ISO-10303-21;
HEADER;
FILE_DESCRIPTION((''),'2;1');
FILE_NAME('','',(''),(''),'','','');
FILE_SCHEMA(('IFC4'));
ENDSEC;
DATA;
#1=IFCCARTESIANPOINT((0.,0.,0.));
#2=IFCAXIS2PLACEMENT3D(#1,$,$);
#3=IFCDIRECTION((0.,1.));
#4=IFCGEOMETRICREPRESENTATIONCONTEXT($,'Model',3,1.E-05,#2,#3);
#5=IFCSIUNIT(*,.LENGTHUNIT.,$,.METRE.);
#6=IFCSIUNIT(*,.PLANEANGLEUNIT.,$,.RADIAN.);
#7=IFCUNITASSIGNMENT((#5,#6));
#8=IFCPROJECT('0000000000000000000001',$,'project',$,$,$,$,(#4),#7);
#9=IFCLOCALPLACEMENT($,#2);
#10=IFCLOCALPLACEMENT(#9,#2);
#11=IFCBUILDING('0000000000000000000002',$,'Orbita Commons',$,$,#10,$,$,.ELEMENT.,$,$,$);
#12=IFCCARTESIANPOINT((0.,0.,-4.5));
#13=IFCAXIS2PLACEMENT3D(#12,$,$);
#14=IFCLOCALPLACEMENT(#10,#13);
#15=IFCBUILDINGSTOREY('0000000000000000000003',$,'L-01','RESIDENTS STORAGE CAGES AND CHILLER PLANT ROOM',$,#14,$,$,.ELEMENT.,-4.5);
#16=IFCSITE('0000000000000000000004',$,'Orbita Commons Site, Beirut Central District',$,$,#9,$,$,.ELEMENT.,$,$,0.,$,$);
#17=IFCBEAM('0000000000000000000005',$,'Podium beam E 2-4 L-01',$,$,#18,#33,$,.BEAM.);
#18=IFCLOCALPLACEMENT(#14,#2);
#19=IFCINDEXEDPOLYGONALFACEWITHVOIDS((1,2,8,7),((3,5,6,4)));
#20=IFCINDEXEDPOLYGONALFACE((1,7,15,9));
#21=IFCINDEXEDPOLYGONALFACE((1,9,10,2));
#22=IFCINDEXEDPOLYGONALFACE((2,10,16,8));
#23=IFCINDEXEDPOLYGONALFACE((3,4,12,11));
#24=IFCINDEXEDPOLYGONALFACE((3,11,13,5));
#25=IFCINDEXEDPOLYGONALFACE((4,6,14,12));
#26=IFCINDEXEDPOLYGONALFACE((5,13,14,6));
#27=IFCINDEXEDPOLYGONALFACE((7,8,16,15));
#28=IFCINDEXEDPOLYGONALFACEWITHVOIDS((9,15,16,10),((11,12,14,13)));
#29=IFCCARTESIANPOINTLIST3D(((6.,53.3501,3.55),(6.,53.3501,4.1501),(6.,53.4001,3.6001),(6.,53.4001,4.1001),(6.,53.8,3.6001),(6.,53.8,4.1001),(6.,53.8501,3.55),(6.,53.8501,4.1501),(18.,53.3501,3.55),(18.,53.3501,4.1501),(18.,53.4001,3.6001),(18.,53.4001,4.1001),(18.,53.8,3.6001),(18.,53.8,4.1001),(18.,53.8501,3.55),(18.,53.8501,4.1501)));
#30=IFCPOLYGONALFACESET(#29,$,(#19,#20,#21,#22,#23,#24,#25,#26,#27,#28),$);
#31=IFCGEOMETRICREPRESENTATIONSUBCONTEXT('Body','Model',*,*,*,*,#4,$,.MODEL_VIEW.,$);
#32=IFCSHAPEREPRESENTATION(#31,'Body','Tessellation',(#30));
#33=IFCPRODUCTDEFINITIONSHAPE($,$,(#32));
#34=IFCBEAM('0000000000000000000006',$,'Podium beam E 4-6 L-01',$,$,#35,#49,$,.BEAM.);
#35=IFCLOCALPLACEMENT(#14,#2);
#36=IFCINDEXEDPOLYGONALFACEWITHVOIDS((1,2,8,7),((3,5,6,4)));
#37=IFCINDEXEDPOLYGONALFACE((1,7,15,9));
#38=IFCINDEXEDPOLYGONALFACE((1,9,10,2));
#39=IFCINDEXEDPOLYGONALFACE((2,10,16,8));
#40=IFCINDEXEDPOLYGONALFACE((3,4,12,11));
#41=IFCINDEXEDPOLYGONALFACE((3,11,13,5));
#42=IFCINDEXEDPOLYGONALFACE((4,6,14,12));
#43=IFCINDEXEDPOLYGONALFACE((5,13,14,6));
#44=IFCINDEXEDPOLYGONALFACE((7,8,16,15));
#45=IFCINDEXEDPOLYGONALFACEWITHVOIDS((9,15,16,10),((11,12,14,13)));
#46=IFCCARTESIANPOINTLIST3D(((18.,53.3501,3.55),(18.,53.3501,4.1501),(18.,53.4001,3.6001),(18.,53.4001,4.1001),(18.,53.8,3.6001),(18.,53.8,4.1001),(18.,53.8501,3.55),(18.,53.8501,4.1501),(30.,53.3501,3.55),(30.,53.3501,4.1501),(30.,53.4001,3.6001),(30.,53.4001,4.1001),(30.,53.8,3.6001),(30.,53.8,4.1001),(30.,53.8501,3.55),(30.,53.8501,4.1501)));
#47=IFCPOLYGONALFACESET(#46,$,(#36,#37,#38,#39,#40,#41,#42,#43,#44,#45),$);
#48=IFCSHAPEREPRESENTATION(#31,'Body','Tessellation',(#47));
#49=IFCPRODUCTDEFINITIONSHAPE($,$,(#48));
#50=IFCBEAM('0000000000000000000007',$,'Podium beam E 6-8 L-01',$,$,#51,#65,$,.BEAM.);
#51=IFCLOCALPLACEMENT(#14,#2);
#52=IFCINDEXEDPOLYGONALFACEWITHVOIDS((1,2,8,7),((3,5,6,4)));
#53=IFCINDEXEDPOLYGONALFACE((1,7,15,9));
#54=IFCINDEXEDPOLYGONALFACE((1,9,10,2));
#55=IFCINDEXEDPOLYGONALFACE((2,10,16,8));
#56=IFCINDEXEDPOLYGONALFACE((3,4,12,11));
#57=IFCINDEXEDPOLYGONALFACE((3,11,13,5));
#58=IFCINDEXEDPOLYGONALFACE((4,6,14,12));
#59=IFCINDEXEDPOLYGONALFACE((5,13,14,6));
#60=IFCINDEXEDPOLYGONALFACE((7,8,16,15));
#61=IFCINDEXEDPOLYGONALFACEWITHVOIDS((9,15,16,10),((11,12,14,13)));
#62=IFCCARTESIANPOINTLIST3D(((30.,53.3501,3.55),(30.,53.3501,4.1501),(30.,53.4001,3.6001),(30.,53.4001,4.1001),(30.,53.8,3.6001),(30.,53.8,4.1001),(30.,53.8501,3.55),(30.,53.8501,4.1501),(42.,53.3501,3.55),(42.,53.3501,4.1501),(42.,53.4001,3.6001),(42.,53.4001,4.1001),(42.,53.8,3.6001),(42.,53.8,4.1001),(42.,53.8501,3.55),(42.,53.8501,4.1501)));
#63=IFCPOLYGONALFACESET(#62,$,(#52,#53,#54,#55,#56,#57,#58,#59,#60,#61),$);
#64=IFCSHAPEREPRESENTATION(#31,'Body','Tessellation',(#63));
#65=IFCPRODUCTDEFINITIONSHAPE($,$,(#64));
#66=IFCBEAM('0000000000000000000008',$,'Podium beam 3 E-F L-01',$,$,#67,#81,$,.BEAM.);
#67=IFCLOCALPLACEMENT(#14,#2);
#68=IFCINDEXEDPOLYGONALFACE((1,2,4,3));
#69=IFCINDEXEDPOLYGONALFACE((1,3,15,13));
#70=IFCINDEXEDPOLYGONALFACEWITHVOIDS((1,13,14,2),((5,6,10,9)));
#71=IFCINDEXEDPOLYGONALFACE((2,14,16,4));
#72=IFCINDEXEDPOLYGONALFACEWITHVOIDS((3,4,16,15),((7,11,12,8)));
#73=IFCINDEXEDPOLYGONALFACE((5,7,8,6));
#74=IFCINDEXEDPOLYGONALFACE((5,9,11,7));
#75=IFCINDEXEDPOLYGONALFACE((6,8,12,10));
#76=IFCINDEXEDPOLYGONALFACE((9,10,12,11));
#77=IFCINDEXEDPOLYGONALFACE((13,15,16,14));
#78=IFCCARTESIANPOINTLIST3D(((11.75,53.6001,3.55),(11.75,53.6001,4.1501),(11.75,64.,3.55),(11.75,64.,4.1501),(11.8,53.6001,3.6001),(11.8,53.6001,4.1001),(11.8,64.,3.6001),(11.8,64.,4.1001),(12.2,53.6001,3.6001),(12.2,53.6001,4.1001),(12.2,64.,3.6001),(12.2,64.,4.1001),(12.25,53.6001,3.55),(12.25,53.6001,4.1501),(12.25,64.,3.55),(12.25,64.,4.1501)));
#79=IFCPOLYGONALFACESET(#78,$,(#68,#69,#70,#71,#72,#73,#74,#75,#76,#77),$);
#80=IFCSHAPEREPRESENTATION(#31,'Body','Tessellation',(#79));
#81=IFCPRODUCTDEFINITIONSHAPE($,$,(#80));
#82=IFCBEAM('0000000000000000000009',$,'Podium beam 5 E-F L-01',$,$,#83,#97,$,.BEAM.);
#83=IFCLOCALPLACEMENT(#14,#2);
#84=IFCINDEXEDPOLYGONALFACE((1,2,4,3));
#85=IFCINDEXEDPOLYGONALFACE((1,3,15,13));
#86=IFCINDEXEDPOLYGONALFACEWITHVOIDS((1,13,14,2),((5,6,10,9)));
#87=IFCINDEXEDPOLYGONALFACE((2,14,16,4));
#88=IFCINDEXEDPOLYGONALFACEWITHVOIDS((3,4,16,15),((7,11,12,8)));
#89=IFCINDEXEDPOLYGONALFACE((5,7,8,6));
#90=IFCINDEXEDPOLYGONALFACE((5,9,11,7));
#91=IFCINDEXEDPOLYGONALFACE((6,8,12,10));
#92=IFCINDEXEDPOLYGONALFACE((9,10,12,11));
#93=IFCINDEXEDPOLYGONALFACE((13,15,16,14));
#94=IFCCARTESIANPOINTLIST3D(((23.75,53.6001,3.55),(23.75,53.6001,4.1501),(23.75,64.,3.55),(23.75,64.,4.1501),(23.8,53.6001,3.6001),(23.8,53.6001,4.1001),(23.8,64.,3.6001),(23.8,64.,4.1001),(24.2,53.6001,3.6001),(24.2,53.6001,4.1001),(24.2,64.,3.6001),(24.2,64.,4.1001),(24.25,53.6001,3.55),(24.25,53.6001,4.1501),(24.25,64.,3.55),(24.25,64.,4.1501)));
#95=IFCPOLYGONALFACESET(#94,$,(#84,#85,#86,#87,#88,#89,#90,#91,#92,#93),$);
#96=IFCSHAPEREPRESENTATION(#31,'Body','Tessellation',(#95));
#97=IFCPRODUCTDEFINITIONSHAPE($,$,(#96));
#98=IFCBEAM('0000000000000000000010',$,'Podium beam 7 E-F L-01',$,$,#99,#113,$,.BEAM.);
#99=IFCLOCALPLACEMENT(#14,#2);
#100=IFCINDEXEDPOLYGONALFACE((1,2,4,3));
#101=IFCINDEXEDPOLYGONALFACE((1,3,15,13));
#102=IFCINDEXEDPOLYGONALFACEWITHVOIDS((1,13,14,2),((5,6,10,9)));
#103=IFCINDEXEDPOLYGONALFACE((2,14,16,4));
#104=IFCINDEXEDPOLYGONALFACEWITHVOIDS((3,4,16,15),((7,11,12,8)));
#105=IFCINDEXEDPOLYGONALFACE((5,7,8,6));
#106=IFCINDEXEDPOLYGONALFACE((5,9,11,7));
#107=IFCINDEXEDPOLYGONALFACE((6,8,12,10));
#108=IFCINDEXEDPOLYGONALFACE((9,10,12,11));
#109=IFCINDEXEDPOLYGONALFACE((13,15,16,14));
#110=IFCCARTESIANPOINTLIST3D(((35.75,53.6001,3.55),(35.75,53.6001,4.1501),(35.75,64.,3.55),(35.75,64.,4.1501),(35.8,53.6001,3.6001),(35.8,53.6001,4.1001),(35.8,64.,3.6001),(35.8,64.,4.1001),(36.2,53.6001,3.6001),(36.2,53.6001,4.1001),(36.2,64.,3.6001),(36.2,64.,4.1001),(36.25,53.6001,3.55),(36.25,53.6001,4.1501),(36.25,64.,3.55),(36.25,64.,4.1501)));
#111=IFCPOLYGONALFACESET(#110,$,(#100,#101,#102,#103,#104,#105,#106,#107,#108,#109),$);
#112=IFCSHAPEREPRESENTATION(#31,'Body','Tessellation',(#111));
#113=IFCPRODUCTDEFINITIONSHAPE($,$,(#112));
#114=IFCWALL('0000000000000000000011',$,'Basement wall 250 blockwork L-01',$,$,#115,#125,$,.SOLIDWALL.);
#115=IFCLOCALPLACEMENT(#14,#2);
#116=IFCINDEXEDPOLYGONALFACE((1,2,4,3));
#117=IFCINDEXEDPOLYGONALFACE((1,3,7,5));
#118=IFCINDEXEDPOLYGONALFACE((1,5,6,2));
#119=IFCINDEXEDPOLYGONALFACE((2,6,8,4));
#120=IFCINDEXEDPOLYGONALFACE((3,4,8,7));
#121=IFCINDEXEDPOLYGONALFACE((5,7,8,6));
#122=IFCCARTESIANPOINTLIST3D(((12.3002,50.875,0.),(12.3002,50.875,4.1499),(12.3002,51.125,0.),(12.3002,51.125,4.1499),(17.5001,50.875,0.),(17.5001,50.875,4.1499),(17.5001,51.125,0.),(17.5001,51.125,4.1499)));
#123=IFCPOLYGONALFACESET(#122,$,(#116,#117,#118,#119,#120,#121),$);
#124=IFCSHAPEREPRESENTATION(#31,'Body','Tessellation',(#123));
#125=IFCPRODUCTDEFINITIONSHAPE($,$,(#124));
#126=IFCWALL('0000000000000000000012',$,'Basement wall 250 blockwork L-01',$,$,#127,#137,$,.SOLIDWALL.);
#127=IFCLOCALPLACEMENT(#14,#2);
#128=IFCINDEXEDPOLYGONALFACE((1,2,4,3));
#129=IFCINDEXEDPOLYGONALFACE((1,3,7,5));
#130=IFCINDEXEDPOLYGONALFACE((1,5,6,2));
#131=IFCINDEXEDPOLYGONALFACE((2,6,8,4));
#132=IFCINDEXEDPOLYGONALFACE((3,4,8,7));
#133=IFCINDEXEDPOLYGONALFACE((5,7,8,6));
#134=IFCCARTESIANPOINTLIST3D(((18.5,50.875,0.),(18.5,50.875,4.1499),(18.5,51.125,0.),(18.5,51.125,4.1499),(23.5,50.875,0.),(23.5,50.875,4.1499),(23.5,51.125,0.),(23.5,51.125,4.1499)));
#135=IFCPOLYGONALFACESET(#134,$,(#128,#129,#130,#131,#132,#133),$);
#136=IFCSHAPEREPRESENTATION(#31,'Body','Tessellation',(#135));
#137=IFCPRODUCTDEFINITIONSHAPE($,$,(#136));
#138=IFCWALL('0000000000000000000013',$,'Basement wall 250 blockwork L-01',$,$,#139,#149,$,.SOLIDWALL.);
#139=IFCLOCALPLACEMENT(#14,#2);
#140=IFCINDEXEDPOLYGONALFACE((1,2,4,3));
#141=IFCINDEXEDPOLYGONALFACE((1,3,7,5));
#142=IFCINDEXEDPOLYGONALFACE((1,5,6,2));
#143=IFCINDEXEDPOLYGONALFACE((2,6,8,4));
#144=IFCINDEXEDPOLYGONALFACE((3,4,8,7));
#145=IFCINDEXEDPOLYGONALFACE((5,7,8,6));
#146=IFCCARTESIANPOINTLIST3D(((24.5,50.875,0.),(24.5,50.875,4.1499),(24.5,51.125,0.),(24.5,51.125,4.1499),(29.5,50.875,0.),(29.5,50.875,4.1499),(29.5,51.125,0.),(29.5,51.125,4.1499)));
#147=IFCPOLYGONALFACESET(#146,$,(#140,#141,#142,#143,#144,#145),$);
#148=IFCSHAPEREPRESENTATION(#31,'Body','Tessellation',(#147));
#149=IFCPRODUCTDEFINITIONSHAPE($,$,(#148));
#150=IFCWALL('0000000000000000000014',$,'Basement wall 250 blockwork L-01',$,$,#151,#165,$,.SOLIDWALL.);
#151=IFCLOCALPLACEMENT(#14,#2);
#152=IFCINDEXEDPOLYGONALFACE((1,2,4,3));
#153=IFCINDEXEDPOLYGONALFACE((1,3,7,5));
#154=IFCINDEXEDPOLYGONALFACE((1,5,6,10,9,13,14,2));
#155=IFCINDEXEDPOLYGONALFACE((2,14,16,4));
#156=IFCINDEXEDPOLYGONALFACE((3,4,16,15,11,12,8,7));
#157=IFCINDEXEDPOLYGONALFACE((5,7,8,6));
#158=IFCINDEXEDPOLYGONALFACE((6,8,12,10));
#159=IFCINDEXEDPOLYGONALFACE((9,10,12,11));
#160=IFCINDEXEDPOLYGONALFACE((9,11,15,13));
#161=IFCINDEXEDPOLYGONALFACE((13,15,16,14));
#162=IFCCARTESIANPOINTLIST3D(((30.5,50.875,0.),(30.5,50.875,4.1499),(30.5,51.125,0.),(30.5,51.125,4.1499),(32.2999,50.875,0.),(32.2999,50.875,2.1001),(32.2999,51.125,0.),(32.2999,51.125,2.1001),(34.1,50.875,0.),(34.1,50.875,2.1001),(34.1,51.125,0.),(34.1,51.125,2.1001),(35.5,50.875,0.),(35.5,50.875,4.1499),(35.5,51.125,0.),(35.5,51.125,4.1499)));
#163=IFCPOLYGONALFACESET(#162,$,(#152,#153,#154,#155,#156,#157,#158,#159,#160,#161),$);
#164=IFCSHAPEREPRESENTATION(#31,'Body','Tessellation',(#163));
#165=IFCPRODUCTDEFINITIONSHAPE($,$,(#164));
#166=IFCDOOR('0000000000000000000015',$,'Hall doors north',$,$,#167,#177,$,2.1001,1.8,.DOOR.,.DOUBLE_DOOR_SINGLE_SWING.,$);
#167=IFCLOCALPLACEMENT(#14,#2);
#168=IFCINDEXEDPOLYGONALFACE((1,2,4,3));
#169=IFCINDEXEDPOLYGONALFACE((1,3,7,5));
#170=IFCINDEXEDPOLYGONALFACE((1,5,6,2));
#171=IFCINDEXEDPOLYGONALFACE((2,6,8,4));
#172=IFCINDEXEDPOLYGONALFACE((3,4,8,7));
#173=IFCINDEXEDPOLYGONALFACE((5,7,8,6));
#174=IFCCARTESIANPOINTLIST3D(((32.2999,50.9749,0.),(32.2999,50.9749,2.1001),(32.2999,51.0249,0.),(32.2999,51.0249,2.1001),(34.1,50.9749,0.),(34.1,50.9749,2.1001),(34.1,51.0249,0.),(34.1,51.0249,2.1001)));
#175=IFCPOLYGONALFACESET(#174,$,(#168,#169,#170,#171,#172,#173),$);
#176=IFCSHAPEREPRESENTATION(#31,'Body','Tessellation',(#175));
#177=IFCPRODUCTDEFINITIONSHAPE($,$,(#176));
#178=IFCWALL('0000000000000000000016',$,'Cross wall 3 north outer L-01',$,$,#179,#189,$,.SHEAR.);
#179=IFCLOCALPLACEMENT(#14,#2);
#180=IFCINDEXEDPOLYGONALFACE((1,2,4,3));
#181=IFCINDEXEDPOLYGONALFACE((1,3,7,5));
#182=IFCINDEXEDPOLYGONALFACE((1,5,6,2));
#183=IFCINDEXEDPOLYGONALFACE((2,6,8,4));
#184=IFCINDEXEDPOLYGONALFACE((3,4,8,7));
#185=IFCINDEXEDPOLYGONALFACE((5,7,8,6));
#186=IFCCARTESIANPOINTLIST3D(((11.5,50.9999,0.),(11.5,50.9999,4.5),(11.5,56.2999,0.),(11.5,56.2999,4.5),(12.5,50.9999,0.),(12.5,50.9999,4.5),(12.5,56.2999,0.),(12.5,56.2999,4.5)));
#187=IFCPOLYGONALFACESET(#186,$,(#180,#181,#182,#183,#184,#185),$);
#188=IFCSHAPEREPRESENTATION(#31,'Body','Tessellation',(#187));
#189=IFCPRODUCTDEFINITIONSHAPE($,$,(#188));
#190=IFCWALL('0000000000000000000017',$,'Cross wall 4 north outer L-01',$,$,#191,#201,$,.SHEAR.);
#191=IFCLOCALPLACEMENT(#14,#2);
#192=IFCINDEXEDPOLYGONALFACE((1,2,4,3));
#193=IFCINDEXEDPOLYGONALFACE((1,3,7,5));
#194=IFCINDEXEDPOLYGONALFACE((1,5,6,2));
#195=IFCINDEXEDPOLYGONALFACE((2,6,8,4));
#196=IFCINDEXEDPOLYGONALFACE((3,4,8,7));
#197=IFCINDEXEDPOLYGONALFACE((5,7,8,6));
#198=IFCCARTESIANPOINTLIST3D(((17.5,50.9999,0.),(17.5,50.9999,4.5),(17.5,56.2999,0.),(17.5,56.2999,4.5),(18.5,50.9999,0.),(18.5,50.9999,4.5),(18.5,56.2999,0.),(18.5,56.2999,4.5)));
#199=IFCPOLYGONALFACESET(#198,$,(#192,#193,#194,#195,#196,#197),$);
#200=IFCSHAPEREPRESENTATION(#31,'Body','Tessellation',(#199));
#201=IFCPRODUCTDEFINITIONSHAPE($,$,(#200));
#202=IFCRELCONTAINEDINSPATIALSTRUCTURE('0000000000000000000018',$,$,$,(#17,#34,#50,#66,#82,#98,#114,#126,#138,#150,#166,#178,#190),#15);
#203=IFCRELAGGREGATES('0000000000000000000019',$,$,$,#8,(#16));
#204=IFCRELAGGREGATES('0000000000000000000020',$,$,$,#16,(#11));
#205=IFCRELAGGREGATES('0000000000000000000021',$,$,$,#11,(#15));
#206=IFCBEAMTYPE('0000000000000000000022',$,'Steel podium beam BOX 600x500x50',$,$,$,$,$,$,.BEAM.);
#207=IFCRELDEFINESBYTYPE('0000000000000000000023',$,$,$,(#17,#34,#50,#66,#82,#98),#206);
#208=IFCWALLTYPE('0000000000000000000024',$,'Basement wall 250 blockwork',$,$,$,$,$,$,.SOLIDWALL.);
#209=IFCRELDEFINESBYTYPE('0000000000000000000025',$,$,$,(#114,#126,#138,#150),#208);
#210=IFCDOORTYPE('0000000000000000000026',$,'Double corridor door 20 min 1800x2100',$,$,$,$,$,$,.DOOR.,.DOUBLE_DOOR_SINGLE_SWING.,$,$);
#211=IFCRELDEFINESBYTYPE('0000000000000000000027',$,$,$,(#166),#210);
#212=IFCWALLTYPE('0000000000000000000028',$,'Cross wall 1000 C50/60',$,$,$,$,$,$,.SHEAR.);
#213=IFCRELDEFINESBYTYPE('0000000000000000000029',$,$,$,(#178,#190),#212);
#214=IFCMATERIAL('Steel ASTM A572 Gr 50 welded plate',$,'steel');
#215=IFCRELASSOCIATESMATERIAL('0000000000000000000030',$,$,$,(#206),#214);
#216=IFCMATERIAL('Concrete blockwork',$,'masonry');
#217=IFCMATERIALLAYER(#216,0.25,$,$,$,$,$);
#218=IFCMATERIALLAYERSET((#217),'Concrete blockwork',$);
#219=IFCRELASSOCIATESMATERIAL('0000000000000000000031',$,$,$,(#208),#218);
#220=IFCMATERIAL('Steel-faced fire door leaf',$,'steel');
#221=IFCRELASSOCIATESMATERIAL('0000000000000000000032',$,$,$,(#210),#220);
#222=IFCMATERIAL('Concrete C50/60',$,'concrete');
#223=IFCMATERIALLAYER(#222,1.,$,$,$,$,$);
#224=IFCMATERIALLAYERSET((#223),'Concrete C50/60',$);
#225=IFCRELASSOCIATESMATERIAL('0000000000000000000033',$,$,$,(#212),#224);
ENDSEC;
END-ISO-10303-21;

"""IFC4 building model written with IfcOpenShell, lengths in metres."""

from ifc_helpers import new_model, si_unit, direction, frame, frame_2d, origin, origin_2d, place, context, subcontext, project, spatial, rectangle, hollow_rectangle, extrude, material, layer, layer_set, material_profile, profile_set, type_object, element, fill, save


model = new_model("IFC4")

# Units and contexts
model_context = context("Model", 3, precision=1e-05, world=origin(), true_north=direction((0.0, 1.0)))
body_context = subcontext(model_context, "Body", "Model", "MODEL_VIEW")
ifc_project = project(units=[si_unit("LENGTHUNIT", "METRE"), si_unit("PLANEANGLEUNIT", "RADIAN")], contexts=[model_context])

# Site, building, storey
site_placement = place(None, origin())
site = spatial("IfcSite", under=ifc_project, at=site_placement, Name="Orbita Commons Site, Beirut Central District", CompositionType="ELEMENT", RefElevation=0.0)
building_placement = place(site_placement, origin())
building = spatial("IfcBuilding", under=site, at=building_placement, Name="Orbita Commons", CompositionType="ELEMENT")
storey_placement = place(building_placement, frame((0.0, 0.0, -4.5)))
storey = spatial("IfcBuildingStorey", under=building, at=storey_placement, Name="L-01", Description="RESIDENTS STORAGE CAGES AND CHILLER PLANT ROOM", CompositionType="ELEMENT", Elevation=-4.5)

# Beams
ifc_material_1 = material(Name="Steel ASTM A572 Gr 50 welded plate", Category="steel")
ifc_material_profile_1 = material_profile(ifc_material_1, hollow_rectangle(XDim=0.5, YDim=0.6001, WallThickness=0.05, at=origin_2d()), Name="BOX 600x500x50")
ifc_profile_set_1 = profile_set([ifc_material_profile_1], Name="Steel ASTM A572 Gr 50 welded plate")
beam_type_1 = type_object("IfcBeamType", Name="Steel podium beam BOX 600x500x50", PredefinedType="BEAM", material=ifc_profile_set_1)
for number, where, z_axis, x_axis, name in (
    (1, (6.0, 53.6001, 3.8501), (1.0, 0.0, 0.0), (0.0, 1.0, 0.0), "Podium beam E 2-4 L-01"),
    (2, (18.0, 53.6001, 3.8501), (1.0, 0.0, 0.0), (0.0, 1.0, 0.0), "Podium beam E 4-6 L-01"),
    (3, (30.0, 53.6001, 3.8501), (1.0, 0.0, 0.0), (0.0, 1.0, 0.0), "Podium beam E 6-8 L-01"),
):
    element("IfcBeam", number, at=place(storey_placement, frame(where, z_axis=z_axis, x_axis=x_axis)), inside=storey, type_object=beam_type_1, Name=name, PredefinedType="BEAM", context=body_context, shape_type="SweptSolid", body=[
        extrude(hollow_rectangle(XDim=0.5, YDim=0.6001, WallThickness=0.05, at=origin_2d()), origin(), (0.0, 0.0, 1.0), 12.0),
    ])
for number, where, z_axis, x_axis, name in (
    (4, (12.0, 53.6001, 3.8501), (0.0, 1.0, 0.0), (-1.0, 0.0, 0.0), "Podium beam 3 E-F L-01"),
    (5, (24.0, 53.6001, 3.8501), (0.0, 1.0, 0.0), (-1.0, 0.0, 0.0), "Podium beam 5 E-F L-01"),
    (6, (36.0, 53.6001, 3.8501), (0.0, 1.0, 0.0), (-1.0, 0.0, 0.0), "Podium beam 7 E-F L-01"),
):
    element("IfcBeam", number, at=place(storey_placement, frame(where, z_axis=z_axis, x_axis=x_axis)), inside=storey, type_object=beam_type_1, Name=name, PredefinedType="BEAM", context=body_context, shape_type="SweptSolid", body=[
        extrude(hollow_rectangle(XDim=0.5, YDim=0.6001, WallThickness=0.05, at=origin_2d()), origin(), (0.0, 0.0, 1.0), 10.3999),
    ])

# Walls
ifc_material_2 = material(Name="Concrete blockwork", Category="masonry")
ifc_layer_1 = layer(ifc_material_2, 0.25)
ifc_layer_set_1 = layer_set([ifc_layer_1], Name="Concrete blockwork")
wall_type_1 = type_object("IfcWallType", Name="Basement wall 250 blockwork", PredefinedType="SOLIDWALL", material=ifc_layer_set_1)
wall_1_placement = place(storey_placement, frame((12.3, 51.0, 0.0), z_axis=(0.0, 0.0, 1.0), x_axis=(1.0, 0.0, 0.0)))
element("IfcWall", 7, at=wall_1_placement, inside=storey, type_object=wall_type_1, Name="Basement wall 250 blockwork L-01", PredefinedType="SOLIDWALL", context=body_context, shape_type="SweptSolid", body=[
    extrude(rectangle(XDim=5.2, YDim=0.25, at=frame_2d((2.6001, 0.0))), origin(), (0.0, 0.0, 1.0), 4.1499),
])
for number, where, z_axis, x_axis, name in (
    (8, (18.5, 51.0, 0.0), (0.0, 0.0, 1.0), (1.0, 0.0, 0.0), "Basement wall 250 blockwork L-01"),
    (9, (24.5, 51.0, 0.0), (0.0, 0.0, 1.0), (1.0, 0.0, 0.0), "Basement wall 250 blockwork L-01"),
):
    element("IfcWall", number, at=place(storey_placement, frame(where, z_axis=z_axis, x_axis=x_axis)), inside=storey, type_object=wall_type_1, Name=name, PredefinedType="SOLIDWALL", context=body_context, shape_type="SweptSolid", body=[
        extrude(rectangle(XDim=5.0, YDim=0.25, at=frame_2d((2.5, 0.0))), origin(), (0.0, 0.0, 1.0), 4.1499),
    ])

# Wall, opening, door
wall_2_placement = place(storey_placement, frame((30.5, 51.0, 0.0), z_axis=(0.0, 0.0, 1.0), x_axis=(1.0, 0.0, 0.0)))
wall_2 = element("IfcWall", 10, at=wall_2_placement, inside=storey, type_object=wall_type_1, Name="Basement wall 250 blockwork L-01", PredefinedType="SOLIDWALL", context=body_context, shape_type="SweptSolid", body=[
    extrude(rectangle(XDim=5.0, YDim=0.25, at=frame_2d((2.5, 0.0))), origin(), (0.0, 0.0, 1.0), 4.1499),
])
opening_placement = place(wall_2_placement, frame((1.8, 0.0, 0.0)))
opening = element("IfcOpeningElement", 11, at=opening_placement, cuts=wall_2, PredefinedType="OPENING", context=body_context, shape_type="SweptSolid", body=[
    extrude(rectangle(XDim=1.8, YDim=2.1001, at=frame_2d((0.8999, 1.05))), frame((0.0, 0.135, 0.0), z_axis=(0.0, -1.0, 0.0), x_axis=(1.0, 0.0, 0.0)), (0.0, 0.0, 1.0), 0.27),
])
ifc_material_3 = material(Name="Steel-faced fire door leaf", Category="steel")
door_type = type_object("IfcDoorType", Name="Double corridor door 20 min 1800x2100", OperationType="DOUBLE_DOOR_SINGLE_SWING", PredefinedType="DOOR", material=ifc_material_3)
door_placement = place(opening_placement, origin())
door = element("IfcDoor", 12, at=door_placement, inside=storey, type_object=door_type, Name="Hall doors north", OperationType="DOUBLE_DOOR_SINGLE_SWING", OverallHeight=2.1001, OverallWidth=1.8, PredefinedType="DOOR", context=body_context, shape_type="SweptSolid", body=[
    extrude(rectangle(XDim=1.8, YDim=2.1001, at=frame_2d((0.8999, 1.05))), frame((0.0, 0.0249, 0.0), z_axis=(0.0, -1.0, 0.0), x_axis=(1.0, 0.0, 0.0)), (0.0, 0.0, 1.0), 0.05),
])
fill(opening, door)

# Walls
ifc_material_4 = material(Name="Concrete C50/60", Category="concrete")
ifc_layer_2 = layer(ifc_material_4, 1.0)
ifc_layer_set_2 = layer_set([ifc_layer_2], Name="Concrete C50/60")
wall_type_2 = type_object("IfcWallType", Name="Cross wall 1000 C50/60", PredefinedType="SHEAR", material=ifc_layer_set_2)
for number, where, z_axis, x_axis, name in (
    (13, (12.0, 51.0, 0.0), (0.0, 0.0, 1.0), (0.0, 1.0, 0.0), "Cross wall 3 north outer L-01"),
    (14, (18.0, 51.0, 0.0), (0.0, 0.0, 1.0), (0.0, 1.0, 0.0), "Cross wall 4 north outer L-01"),
):
    element("IfcWall", number, at=place(storey_placement, frame(where, z_axis=z_axis, x_axis=x_axis)), inside=storey, type_object=wall_type_2, Name=name, PredefinedType="SHEAR", context=body_context, shape_type="SweptSolid", body=[
        extrude(rectangle(XDim=5.3, YDim=1.0, at=frame_2d((2.6499, 0.0))), origin(), (0.0, 0.0, 1.0), 4.5),
    ])

save(model, "model.ifc")
